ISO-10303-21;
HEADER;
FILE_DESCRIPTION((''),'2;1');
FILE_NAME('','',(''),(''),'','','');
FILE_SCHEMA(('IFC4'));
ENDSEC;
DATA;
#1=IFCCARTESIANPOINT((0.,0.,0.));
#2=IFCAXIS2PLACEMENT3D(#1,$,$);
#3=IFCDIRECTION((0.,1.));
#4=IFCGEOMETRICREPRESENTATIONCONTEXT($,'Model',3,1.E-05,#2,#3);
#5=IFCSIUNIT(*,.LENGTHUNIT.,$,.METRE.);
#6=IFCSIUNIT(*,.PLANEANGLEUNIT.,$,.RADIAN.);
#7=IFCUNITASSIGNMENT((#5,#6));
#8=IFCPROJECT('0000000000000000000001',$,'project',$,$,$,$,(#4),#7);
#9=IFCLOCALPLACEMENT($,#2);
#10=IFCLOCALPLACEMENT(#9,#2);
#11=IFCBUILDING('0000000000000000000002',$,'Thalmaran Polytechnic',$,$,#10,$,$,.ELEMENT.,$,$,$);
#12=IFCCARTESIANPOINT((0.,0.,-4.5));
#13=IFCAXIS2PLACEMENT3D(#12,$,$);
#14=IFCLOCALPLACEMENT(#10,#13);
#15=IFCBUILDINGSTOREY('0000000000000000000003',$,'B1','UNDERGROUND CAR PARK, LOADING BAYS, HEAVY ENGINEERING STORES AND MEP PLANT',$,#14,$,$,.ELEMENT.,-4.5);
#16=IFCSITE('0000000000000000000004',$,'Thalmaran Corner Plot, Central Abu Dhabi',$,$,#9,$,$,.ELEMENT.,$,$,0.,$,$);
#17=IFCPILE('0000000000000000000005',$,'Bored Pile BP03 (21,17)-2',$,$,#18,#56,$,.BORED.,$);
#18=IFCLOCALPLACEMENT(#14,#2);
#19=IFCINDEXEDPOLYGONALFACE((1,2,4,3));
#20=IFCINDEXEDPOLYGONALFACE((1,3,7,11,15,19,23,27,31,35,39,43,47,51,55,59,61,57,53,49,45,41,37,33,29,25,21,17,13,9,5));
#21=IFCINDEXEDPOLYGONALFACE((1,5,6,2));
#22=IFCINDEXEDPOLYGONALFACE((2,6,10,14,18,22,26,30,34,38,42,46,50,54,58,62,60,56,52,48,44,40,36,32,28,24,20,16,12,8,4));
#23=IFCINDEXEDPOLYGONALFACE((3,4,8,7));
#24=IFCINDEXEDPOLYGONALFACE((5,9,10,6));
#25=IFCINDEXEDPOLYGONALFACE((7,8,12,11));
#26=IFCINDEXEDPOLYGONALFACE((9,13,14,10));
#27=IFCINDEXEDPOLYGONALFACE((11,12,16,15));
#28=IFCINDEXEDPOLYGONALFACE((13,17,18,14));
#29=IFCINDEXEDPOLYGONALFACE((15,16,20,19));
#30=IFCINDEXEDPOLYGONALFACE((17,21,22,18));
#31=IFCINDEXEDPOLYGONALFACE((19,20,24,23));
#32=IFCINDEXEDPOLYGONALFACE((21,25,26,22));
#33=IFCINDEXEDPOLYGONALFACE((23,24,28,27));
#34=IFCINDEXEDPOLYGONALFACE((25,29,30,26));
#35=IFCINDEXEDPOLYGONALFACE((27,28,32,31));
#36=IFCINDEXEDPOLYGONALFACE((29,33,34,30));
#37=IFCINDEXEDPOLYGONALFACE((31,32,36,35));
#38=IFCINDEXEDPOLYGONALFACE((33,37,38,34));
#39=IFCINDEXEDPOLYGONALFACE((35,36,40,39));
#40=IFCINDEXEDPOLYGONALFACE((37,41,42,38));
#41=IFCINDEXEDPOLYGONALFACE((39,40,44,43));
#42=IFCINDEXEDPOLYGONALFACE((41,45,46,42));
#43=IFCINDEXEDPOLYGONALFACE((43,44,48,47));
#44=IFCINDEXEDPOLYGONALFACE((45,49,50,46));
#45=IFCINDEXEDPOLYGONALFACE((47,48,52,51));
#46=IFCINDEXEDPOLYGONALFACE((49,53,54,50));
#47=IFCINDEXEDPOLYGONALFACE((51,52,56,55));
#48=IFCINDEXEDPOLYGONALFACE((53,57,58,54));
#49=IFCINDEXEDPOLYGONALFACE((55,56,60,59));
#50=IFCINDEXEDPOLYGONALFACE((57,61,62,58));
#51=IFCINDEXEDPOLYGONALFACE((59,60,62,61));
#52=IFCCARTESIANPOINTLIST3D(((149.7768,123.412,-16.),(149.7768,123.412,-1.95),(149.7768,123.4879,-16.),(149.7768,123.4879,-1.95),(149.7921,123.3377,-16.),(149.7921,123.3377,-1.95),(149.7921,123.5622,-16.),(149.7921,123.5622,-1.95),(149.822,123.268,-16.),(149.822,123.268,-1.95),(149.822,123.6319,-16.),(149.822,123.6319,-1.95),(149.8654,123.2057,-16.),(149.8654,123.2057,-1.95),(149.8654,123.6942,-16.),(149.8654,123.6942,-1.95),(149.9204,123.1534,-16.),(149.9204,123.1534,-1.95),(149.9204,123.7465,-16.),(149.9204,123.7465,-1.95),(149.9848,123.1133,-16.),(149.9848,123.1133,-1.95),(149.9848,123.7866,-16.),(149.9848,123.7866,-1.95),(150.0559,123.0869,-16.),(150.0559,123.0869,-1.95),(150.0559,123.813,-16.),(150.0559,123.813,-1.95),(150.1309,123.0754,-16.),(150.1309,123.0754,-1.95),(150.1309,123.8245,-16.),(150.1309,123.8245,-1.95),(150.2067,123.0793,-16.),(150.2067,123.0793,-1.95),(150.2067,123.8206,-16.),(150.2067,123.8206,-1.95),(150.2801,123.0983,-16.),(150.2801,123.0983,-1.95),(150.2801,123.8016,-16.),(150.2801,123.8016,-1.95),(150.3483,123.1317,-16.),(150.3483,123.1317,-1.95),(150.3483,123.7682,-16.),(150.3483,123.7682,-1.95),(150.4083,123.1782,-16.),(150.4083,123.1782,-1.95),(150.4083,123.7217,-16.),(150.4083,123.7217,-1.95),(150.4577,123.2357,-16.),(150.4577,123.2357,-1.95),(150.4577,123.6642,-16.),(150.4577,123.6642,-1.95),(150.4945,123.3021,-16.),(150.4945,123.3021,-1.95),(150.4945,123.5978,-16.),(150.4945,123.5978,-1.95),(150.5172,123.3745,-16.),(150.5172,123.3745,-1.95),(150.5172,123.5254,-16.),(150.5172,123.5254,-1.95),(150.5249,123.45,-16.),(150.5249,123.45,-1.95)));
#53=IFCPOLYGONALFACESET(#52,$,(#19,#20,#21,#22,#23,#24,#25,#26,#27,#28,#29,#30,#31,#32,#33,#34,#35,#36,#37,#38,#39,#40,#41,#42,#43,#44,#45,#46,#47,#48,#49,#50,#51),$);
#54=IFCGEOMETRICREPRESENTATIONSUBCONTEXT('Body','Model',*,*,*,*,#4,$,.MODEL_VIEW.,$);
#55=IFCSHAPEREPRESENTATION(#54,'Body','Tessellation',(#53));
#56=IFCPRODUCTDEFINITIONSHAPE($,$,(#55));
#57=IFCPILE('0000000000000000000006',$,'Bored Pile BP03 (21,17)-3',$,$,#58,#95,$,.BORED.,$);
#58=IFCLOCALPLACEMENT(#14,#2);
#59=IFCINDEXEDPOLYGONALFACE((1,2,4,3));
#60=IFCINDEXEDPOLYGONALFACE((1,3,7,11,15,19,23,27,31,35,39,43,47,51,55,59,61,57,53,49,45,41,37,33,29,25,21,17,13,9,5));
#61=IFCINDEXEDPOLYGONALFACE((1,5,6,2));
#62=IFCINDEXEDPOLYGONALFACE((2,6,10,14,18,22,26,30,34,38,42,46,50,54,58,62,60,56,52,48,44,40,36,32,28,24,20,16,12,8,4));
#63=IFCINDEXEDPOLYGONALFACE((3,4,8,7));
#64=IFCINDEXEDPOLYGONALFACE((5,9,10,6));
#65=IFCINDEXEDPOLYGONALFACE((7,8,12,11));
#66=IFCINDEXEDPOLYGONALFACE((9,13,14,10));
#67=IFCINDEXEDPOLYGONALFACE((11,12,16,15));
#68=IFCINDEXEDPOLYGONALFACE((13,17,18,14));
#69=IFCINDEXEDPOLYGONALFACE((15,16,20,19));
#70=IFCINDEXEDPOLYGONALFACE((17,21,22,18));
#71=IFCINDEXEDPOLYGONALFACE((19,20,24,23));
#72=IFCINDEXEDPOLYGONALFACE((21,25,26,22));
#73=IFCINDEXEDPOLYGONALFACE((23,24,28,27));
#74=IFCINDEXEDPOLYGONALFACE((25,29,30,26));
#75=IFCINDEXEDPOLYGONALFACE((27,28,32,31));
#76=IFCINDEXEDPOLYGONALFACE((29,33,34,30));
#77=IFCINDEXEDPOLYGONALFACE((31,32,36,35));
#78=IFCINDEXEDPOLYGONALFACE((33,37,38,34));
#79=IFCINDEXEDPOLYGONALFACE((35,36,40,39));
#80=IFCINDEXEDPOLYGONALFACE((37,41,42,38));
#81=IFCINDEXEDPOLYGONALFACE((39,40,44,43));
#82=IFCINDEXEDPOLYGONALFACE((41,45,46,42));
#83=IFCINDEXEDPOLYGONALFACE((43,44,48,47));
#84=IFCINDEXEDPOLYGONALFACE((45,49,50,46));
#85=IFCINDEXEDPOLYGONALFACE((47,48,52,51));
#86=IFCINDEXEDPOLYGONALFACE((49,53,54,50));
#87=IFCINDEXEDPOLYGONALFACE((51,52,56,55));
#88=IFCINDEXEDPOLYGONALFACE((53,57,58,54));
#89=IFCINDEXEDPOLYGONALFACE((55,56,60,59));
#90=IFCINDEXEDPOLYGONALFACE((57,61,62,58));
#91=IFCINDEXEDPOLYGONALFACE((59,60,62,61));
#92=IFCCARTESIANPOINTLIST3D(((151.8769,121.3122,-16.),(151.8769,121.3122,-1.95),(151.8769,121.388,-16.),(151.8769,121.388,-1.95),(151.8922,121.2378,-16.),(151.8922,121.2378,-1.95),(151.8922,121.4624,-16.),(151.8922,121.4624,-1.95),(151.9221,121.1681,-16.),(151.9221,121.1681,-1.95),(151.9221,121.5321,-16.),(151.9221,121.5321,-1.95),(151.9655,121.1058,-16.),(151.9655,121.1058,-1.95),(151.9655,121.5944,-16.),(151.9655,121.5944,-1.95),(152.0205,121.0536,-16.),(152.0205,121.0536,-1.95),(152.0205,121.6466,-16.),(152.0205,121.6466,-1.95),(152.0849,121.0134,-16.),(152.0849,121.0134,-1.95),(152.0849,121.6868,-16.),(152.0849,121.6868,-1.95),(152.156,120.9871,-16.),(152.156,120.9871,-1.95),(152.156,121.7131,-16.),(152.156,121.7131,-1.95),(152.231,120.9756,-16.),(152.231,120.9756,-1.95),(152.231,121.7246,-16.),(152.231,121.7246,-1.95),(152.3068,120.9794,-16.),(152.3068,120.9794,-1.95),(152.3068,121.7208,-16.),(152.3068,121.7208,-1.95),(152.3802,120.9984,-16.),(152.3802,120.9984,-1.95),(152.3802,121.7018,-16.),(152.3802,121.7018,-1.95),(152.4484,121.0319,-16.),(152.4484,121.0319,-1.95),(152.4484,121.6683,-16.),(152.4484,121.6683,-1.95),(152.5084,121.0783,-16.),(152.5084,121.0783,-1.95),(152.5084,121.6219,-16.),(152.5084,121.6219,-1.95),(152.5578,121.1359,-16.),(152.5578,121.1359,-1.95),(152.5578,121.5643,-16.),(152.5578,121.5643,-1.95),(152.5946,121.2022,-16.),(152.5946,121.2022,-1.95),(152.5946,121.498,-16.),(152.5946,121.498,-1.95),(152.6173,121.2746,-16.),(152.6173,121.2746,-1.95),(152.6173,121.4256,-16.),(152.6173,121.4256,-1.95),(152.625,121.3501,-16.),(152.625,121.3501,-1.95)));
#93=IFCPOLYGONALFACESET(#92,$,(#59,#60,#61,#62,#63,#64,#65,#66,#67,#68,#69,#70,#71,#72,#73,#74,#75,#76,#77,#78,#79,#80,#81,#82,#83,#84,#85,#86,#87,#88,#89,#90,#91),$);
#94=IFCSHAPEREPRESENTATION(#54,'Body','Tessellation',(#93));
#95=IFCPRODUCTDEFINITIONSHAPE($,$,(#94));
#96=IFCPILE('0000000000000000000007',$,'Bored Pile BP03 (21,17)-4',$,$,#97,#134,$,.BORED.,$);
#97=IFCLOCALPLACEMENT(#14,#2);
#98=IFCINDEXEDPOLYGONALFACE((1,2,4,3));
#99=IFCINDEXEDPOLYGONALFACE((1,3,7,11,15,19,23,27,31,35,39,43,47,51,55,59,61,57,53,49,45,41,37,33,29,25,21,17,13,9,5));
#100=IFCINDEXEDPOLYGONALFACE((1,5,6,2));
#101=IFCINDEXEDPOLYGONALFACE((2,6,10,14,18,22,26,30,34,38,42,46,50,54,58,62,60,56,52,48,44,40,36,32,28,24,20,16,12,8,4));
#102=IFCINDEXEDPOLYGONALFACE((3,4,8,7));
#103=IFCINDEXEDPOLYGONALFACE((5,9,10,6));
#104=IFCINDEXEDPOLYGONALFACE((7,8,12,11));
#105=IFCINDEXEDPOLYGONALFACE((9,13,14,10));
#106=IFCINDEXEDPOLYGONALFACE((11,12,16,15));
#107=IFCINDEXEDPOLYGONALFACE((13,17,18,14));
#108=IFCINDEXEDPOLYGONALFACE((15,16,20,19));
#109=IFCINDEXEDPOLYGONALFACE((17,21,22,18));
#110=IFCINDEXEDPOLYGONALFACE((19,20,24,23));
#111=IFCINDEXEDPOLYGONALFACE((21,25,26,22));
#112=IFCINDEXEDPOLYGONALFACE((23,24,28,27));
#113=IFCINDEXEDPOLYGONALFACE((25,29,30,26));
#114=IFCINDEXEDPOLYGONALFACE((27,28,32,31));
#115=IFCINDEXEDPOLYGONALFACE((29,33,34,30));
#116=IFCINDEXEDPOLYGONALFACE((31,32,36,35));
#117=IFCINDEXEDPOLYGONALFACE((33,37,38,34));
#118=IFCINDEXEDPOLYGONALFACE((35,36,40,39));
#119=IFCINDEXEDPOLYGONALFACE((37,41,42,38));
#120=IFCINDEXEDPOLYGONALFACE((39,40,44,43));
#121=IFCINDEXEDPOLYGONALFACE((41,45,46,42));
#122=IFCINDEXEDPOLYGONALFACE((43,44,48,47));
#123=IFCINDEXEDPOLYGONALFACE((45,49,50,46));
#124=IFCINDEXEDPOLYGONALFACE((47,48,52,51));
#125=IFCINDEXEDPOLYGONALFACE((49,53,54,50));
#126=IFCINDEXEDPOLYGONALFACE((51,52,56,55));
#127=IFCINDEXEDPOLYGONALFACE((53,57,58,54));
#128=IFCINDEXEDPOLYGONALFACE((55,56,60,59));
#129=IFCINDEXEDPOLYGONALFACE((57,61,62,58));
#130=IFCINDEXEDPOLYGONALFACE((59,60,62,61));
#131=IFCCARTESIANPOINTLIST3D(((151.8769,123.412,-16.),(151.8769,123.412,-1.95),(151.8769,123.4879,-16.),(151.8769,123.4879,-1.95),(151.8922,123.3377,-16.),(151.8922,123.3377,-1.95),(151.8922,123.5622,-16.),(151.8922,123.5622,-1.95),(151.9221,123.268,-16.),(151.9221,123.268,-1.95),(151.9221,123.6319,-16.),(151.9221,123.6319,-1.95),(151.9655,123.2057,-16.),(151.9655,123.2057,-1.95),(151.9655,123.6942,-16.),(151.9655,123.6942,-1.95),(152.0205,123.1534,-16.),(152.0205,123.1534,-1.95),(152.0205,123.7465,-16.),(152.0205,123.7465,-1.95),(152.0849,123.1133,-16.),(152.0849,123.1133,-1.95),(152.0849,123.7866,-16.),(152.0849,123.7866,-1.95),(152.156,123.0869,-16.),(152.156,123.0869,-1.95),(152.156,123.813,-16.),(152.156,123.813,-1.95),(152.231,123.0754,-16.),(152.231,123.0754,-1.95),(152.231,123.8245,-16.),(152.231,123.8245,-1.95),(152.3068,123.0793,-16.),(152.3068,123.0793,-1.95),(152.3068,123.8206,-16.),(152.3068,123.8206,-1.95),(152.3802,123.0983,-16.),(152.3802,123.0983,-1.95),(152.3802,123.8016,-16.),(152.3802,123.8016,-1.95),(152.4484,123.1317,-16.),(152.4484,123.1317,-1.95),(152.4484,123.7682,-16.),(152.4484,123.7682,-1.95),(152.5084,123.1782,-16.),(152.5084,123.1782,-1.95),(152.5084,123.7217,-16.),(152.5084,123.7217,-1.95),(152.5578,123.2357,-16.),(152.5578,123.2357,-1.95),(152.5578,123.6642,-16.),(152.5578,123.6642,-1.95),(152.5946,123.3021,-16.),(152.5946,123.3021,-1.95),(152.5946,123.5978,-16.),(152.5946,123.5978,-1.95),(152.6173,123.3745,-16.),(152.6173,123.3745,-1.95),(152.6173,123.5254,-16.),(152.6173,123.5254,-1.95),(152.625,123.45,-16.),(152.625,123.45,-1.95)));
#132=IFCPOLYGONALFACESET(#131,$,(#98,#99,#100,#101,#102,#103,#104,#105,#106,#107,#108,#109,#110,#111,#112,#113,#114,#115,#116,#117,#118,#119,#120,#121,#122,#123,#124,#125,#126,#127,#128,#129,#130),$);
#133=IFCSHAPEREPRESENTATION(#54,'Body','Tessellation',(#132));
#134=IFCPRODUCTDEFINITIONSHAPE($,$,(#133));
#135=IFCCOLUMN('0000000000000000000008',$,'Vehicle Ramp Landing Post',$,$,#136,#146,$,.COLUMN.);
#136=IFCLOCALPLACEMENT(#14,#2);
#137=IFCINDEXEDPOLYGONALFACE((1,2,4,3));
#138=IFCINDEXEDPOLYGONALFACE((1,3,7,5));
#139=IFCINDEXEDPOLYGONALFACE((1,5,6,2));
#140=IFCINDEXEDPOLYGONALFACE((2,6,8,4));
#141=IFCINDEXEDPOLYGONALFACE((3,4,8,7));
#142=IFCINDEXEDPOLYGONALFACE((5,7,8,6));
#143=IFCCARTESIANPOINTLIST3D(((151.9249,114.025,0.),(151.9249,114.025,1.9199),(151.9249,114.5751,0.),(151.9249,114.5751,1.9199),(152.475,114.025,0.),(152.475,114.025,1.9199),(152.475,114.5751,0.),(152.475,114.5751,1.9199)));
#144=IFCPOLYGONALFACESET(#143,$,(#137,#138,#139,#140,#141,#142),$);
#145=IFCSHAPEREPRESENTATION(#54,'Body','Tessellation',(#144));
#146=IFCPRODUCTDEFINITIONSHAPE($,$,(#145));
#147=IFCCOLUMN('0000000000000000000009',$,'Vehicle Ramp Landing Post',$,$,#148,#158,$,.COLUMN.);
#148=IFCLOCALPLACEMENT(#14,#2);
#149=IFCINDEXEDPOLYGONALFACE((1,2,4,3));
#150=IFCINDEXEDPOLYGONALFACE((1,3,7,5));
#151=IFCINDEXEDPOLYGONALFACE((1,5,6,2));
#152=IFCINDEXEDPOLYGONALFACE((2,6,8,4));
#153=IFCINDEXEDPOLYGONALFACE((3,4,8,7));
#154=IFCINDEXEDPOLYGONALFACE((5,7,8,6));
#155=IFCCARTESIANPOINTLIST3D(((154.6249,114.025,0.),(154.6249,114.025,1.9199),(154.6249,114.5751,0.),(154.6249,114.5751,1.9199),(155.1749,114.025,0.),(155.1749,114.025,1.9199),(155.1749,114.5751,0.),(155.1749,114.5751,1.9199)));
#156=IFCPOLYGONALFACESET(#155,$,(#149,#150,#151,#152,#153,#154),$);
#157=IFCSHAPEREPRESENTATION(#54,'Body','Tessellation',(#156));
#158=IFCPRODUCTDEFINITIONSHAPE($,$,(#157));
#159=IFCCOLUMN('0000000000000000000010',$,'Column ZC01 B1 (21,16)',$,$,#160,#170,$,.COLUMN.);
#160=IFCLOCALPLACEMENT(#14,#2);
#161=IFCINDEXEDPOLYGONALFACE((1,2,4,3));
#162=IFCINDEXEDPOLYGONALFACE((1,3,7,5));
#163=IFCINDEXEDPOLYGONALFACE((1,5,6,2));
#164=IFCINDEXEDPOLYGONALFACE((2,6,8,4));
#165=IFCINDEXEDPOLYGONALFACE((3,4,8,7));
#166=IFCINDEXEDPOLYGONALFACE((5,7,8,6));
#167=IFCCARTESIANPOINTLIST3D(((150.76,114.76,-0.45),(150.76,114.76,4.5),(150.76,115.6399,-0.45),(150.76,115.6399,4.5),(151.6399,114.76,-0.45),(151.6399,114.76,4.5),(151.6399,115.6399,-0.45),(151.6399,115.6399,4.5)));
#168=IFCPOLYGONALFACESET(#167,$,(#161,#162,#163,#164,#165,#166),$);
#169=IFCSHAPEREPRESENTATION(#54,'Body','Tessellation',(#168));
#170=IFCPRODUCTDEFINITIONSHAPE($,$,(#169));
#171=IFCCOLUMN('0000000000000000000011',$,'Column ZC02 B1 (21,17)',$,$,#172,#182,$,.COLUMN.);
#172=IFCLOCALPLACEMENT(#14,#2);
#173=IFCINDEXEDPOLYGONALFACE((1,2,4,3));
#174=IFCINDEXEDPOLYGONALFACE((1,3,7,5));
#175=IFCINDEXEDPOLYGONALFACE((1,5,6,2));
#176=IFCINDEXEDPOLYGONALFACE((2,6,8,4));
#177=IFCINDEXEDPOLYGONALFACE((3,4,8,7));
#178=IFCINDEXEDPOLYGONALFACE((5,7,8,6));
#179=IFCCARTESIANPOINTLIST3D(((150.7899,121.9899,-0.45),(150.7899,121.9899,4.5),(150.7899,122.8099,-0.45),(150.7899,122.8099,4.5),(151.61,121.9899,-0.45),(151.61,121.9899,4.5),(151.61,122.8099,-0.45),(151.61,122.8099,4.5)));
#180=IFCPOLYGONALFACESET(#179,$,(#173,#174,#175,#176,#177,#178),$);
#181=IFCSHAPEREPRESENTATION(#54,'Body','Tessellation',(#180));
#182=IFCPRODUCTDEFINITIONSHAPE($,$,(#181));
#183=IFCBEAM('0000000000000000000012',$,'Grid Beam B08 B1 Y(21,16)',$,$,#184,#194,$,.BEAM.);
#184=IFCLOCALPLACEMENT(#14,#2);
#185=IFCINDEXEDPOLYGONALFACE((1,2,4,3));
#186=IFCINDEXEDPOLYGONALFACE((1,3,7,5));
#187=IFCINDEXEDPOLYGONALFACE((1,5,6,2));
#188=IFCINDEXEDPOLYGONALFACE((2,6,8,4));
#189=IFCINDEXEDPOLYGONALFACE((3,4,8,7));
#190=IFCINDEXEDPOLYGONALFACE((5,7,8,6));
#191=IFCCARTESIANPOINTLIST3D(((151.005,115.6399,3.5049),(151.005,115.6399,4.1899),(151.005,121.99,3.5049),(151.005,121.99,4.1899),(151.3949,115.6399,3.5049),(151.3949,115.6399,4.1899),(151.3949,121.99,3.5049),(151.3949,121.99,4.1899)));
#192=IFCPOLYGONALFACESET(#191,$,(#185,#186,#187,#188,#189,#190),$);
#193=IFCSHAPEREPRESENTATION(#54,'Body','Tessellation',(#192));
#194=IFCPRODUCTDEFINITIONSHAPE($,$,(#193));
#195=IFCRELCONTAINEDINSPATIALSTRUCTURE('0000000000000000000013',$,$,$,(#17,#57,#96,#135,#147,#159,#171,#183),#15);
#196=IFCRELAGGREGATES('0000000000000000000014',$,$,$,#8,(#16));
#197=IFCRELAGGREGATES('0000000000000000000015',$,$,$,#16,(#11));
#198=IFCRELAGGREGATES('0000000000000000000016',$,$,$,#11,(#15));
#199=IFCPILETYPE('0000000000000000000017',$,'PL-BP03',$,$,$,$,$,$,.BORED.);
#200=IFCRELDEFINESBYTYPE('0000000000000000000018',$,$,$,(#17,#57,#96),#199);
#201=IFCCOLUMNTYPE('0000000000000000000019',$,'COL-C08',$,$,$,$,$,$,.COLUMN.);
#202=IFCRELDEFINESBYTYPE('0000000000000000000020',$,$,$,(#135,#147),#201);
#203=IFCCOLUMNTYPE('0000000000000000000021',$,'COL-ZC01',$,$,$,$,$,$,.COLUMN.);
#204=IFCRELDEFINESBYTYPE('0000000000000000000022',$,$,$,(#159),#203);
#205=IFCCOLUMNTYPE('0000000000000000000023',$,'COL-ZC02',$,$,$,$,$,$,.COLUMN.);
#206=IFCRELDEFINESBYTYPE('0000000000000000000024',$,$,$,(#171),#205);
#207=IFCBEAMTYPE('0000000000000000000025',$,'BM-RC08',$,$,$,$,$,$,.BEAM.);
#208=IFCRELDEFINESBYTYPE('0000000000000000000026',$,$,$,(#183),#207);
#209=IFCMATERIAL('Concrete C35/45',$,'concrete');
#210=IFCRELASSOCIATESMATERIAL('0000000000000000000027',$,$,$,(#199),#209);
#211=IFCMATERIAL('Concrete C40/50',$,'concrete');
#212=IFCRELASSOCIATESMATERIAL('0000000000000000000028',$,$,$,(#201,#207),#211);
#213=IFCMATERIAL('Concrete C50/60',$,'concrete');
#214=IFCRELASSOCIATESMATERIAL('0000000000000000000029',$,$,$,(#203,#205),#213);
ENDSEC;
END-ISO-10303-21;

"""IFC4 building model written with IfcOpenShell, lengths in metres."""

from ifc_helpers import new_model, si_unit, direction, frame, origin, origin_2d, place, context, subcontext, project, spatial, rectangle, circle, extrude, material, material_profile, profile_set, type_object, element, save


model = new_model("IFC4")

# Units and contexts
model_context = context("Model", 3, precision=1e-05, world=origin(), true_north=direction((0.0, 1.0)))
body_context = subcontext(model_context, "Body", "Model", "MODEL_VIEW")
ifc_project = project(units=[si_unit("LENGTHUNIT", "METRE"), si_unit("PLANEANGLEUNIT", "RADIAN")], contexts=[model_context])

# Site, building, storey
site_placement = place(None, origin())
site = spatial("IfcSite", under=ifc_project, at=site_placement, Name="Thalmaran Corner Plot, Central Abu Dhabi", CompositionType="ELEMENT", RefElevation=0.0)
building_placement = place(site_placement, origin())
building = spatial("IfcBuilding", under=site, at=building_placement, Name="Thalmaran Polytechnic", CompositionType="ELEMENT")
storey_placement = place(building_placement, frame((0.0, 0.0, -4.5)))
storey = spatial("IfcBuildingStorey", under=building, at=storey_placement, Name="B1", Description="UNDERGROUND CAR PARK, LOADING BAYS, HEAVY ENGINEERING STORES AND MEP PLANT", CompositionType="ELEMENT", Elevation=-4.5)

# Shared definitions
ifc_material_1 = material(Name="Concrete C40/50", Category="concrete")

# Piles
ifc_material_2 = material(Name="Concrete C35/45", Category="concrete")
ifc_material_profile_1 = material_profile(ifc_material_2, circle(Radius=0.375, at=origin_2d()), Name="RC 750 DIA")
ifc_profile_set_1 = profile_set([ifc_material_profile_1], Name="Concrete C35/45")
pile_type = type_object("IfcPileType", Name="PL-BP03", PredefinedType="BORED", material=ifc_profile_set_1)
for number, where, z_axis, x_axis, name in (
    (1, (150.1499, 123.45, -1.95), (0.0, 0.0, -1.0), (1.0, 0.0, 0.0), "Bored Pile BP03 (21,17)-2"),
    (2, (152.25, 121.3501, -1.95), (0.0, 0.0, -1.0), (1.0, 0.0, 0.0), "Bored Pile BP03 (21,17)-3"),
    (3, (152.25, 123.45, -1.95), (0.0, 0.0, -1.0), (1.0, 0.0, 0.0), "Bored Pile BP03 (21,17)-4"),
):
    element("IfcPile", number, at=place(storey_placement, frame(where, z_axis=z_axis, x_axis=x_axis)), inside=storey, type_object=pile_type, Name=name, PredefinedType="BORED", context=body_context, shape_type="SweptSolid", body=[
        extrude(circle(Radius=0.375, at=origin_2d()), origin(), (0.0, 0.0, 1.0), 14.05),
    ])

# Columns
ifc_material_profile_2 = material_profile(ifc_material_1, rectangle(XDim=0.55, YDim=0.55, at=origin_2d()), Name="RC 550x550")
ifc_profile_set_2 = profile_set([ifc_material_profile_2], Name="Concrete C40/50")
column_type_1 = type_object("IfcColumnType", Name="COL-C08", PredefinedType="COLUMN", material=ifc_profile_set_2)
for number, where, z_axis, x_axis, name in (
    (4, (152.2, 114.3, 0.0), (0.0, 0.0, 1.0), (1.0, 0.0, 0.0), "Vehicle Ramp Landing Post"),
    (5, (154.8999, 114.3, 0.0), (0.0, 0.0, 1.0), (1.0, 0.0, 0.0), "Vehicle Ramp Landing Post"),
):
    element("IfcColumn", number, at=place(storey_placement, frame(where, z_axis=z_axis, x_axis=x_axis)), inside=storey, type_object=column_type_1, Name=name, PredefinedType="COLUMN", context=body_context, shape_type="SweptSolid", body=[
        extrude(rectangle(XDim=0.55, YDim=0.55, at=origin_2d()), origin(), (0.0, 0.0, 1.0), 1.9199),
    ])
ifc_material_3 = material(Name="Concrete C50/60", Category="concrete")
ifc_material_profile_3 = material_profile(ifc_material_3, rectangle(XDim=0.8799, YDim=0.8799, at=origin_2d()), Name="RC 880x880")
ifc_profile_set_3 = profile_set([ifc_material_profile_3], Name="Concrete C50/60")
column_type_2 = type_object("IfcColumnType", Name="COL-ZC01", PredefinedType="COLUMN", material=ifc_profile_set_3)
column_1_placement = place(storey_placement, frame((151.2, 115.2, -0.45), z_axis=(0.0, 0.0, 1.0), x_axis=(1.0, 0.0, 0.0)))
element("IfcColumn", 6, at=column_1_placement, inside=storey, type_object=column_type_2, Name="Column ZC01 B1 (21,16)", PredefinedType="COLUMN", context=body_context, shape_type="SweptSolid", body=[
    extrude(rectangle(XDim=0.8799, YDim=0.8799, at=origin_2d()), origin(), (0.0, 0.0, 1.0), 4.95),
])
ifc_material_profile_4 = material_profile(ifc_material_3, rectangle(XDim=0.8201, YDim=0.8201, at=origin_2d()), Name="RC 820x820")
ifc_profile_set_4 = profile_set([ifc_material_profile_4], Name="Concrete C50/60")
column_type_3 = type_object("IfcColumnType", Name="COL-ZC02", PredefinedType="COLUMN", material=ifc_profile_set_4)
column_2_placement = place(storey_placement, frame((151.2, 122.3999, -0.45), z_axis=(0.0, 0.0, 1.0), x_axis=(1.0, 0.0, 0.0)))
element("IfcColumn", 7, at=column_2_placement, inside=storey, type_object=column_type_3, Name="Column ZC02 B1 (21,17)", PredefinedType="COLUMN", context=body_context, shape_type="SweptSolid", body=[
    extrude(rectangle(XDim=0.8201, YDim=0.8201, at=origin_2d()), origin(), (0.0, 0.0, 1.0), 4.95),
])

# Beam
ifc_material_profile_5 = material_profile(ifc_material_1, rectangle(XDim=0.3899, YDim=0.6851, at=origin_2d()), Name="RC 390x685")
ifc_profile_set_5 = profile_set([ifc_material_profile_5], Name="Concrete C40/50")
beam_type_1 = type_object("IfcBeamType", Name="BM-RC08", PredefinedType="BEAM", material=ifc_profile_set_5)
beam_1_placement = place(storey_placement, frame((151.2, 115.6399, 3.8474), z_axis=(0.0, 1.0, 0.0), x_axis=(-1.0, 0.0, 0.0)))
element("IfcBeam", 8, at=beam_1_placement, inside=storey, type_object=beam_type_1, Name="Grid Beam B08 B1 Y(21,16)", PredefinedType="BEAM", context=body_context, shape_type="SweptSolid", body=[
    extrude(rectangle(XDim=0.3899, YDim=0.6851, at=origin_2d()), origin(), (0.0, 0.0, 1.0), 6.3501),
])

save(model, "model.ifc")
